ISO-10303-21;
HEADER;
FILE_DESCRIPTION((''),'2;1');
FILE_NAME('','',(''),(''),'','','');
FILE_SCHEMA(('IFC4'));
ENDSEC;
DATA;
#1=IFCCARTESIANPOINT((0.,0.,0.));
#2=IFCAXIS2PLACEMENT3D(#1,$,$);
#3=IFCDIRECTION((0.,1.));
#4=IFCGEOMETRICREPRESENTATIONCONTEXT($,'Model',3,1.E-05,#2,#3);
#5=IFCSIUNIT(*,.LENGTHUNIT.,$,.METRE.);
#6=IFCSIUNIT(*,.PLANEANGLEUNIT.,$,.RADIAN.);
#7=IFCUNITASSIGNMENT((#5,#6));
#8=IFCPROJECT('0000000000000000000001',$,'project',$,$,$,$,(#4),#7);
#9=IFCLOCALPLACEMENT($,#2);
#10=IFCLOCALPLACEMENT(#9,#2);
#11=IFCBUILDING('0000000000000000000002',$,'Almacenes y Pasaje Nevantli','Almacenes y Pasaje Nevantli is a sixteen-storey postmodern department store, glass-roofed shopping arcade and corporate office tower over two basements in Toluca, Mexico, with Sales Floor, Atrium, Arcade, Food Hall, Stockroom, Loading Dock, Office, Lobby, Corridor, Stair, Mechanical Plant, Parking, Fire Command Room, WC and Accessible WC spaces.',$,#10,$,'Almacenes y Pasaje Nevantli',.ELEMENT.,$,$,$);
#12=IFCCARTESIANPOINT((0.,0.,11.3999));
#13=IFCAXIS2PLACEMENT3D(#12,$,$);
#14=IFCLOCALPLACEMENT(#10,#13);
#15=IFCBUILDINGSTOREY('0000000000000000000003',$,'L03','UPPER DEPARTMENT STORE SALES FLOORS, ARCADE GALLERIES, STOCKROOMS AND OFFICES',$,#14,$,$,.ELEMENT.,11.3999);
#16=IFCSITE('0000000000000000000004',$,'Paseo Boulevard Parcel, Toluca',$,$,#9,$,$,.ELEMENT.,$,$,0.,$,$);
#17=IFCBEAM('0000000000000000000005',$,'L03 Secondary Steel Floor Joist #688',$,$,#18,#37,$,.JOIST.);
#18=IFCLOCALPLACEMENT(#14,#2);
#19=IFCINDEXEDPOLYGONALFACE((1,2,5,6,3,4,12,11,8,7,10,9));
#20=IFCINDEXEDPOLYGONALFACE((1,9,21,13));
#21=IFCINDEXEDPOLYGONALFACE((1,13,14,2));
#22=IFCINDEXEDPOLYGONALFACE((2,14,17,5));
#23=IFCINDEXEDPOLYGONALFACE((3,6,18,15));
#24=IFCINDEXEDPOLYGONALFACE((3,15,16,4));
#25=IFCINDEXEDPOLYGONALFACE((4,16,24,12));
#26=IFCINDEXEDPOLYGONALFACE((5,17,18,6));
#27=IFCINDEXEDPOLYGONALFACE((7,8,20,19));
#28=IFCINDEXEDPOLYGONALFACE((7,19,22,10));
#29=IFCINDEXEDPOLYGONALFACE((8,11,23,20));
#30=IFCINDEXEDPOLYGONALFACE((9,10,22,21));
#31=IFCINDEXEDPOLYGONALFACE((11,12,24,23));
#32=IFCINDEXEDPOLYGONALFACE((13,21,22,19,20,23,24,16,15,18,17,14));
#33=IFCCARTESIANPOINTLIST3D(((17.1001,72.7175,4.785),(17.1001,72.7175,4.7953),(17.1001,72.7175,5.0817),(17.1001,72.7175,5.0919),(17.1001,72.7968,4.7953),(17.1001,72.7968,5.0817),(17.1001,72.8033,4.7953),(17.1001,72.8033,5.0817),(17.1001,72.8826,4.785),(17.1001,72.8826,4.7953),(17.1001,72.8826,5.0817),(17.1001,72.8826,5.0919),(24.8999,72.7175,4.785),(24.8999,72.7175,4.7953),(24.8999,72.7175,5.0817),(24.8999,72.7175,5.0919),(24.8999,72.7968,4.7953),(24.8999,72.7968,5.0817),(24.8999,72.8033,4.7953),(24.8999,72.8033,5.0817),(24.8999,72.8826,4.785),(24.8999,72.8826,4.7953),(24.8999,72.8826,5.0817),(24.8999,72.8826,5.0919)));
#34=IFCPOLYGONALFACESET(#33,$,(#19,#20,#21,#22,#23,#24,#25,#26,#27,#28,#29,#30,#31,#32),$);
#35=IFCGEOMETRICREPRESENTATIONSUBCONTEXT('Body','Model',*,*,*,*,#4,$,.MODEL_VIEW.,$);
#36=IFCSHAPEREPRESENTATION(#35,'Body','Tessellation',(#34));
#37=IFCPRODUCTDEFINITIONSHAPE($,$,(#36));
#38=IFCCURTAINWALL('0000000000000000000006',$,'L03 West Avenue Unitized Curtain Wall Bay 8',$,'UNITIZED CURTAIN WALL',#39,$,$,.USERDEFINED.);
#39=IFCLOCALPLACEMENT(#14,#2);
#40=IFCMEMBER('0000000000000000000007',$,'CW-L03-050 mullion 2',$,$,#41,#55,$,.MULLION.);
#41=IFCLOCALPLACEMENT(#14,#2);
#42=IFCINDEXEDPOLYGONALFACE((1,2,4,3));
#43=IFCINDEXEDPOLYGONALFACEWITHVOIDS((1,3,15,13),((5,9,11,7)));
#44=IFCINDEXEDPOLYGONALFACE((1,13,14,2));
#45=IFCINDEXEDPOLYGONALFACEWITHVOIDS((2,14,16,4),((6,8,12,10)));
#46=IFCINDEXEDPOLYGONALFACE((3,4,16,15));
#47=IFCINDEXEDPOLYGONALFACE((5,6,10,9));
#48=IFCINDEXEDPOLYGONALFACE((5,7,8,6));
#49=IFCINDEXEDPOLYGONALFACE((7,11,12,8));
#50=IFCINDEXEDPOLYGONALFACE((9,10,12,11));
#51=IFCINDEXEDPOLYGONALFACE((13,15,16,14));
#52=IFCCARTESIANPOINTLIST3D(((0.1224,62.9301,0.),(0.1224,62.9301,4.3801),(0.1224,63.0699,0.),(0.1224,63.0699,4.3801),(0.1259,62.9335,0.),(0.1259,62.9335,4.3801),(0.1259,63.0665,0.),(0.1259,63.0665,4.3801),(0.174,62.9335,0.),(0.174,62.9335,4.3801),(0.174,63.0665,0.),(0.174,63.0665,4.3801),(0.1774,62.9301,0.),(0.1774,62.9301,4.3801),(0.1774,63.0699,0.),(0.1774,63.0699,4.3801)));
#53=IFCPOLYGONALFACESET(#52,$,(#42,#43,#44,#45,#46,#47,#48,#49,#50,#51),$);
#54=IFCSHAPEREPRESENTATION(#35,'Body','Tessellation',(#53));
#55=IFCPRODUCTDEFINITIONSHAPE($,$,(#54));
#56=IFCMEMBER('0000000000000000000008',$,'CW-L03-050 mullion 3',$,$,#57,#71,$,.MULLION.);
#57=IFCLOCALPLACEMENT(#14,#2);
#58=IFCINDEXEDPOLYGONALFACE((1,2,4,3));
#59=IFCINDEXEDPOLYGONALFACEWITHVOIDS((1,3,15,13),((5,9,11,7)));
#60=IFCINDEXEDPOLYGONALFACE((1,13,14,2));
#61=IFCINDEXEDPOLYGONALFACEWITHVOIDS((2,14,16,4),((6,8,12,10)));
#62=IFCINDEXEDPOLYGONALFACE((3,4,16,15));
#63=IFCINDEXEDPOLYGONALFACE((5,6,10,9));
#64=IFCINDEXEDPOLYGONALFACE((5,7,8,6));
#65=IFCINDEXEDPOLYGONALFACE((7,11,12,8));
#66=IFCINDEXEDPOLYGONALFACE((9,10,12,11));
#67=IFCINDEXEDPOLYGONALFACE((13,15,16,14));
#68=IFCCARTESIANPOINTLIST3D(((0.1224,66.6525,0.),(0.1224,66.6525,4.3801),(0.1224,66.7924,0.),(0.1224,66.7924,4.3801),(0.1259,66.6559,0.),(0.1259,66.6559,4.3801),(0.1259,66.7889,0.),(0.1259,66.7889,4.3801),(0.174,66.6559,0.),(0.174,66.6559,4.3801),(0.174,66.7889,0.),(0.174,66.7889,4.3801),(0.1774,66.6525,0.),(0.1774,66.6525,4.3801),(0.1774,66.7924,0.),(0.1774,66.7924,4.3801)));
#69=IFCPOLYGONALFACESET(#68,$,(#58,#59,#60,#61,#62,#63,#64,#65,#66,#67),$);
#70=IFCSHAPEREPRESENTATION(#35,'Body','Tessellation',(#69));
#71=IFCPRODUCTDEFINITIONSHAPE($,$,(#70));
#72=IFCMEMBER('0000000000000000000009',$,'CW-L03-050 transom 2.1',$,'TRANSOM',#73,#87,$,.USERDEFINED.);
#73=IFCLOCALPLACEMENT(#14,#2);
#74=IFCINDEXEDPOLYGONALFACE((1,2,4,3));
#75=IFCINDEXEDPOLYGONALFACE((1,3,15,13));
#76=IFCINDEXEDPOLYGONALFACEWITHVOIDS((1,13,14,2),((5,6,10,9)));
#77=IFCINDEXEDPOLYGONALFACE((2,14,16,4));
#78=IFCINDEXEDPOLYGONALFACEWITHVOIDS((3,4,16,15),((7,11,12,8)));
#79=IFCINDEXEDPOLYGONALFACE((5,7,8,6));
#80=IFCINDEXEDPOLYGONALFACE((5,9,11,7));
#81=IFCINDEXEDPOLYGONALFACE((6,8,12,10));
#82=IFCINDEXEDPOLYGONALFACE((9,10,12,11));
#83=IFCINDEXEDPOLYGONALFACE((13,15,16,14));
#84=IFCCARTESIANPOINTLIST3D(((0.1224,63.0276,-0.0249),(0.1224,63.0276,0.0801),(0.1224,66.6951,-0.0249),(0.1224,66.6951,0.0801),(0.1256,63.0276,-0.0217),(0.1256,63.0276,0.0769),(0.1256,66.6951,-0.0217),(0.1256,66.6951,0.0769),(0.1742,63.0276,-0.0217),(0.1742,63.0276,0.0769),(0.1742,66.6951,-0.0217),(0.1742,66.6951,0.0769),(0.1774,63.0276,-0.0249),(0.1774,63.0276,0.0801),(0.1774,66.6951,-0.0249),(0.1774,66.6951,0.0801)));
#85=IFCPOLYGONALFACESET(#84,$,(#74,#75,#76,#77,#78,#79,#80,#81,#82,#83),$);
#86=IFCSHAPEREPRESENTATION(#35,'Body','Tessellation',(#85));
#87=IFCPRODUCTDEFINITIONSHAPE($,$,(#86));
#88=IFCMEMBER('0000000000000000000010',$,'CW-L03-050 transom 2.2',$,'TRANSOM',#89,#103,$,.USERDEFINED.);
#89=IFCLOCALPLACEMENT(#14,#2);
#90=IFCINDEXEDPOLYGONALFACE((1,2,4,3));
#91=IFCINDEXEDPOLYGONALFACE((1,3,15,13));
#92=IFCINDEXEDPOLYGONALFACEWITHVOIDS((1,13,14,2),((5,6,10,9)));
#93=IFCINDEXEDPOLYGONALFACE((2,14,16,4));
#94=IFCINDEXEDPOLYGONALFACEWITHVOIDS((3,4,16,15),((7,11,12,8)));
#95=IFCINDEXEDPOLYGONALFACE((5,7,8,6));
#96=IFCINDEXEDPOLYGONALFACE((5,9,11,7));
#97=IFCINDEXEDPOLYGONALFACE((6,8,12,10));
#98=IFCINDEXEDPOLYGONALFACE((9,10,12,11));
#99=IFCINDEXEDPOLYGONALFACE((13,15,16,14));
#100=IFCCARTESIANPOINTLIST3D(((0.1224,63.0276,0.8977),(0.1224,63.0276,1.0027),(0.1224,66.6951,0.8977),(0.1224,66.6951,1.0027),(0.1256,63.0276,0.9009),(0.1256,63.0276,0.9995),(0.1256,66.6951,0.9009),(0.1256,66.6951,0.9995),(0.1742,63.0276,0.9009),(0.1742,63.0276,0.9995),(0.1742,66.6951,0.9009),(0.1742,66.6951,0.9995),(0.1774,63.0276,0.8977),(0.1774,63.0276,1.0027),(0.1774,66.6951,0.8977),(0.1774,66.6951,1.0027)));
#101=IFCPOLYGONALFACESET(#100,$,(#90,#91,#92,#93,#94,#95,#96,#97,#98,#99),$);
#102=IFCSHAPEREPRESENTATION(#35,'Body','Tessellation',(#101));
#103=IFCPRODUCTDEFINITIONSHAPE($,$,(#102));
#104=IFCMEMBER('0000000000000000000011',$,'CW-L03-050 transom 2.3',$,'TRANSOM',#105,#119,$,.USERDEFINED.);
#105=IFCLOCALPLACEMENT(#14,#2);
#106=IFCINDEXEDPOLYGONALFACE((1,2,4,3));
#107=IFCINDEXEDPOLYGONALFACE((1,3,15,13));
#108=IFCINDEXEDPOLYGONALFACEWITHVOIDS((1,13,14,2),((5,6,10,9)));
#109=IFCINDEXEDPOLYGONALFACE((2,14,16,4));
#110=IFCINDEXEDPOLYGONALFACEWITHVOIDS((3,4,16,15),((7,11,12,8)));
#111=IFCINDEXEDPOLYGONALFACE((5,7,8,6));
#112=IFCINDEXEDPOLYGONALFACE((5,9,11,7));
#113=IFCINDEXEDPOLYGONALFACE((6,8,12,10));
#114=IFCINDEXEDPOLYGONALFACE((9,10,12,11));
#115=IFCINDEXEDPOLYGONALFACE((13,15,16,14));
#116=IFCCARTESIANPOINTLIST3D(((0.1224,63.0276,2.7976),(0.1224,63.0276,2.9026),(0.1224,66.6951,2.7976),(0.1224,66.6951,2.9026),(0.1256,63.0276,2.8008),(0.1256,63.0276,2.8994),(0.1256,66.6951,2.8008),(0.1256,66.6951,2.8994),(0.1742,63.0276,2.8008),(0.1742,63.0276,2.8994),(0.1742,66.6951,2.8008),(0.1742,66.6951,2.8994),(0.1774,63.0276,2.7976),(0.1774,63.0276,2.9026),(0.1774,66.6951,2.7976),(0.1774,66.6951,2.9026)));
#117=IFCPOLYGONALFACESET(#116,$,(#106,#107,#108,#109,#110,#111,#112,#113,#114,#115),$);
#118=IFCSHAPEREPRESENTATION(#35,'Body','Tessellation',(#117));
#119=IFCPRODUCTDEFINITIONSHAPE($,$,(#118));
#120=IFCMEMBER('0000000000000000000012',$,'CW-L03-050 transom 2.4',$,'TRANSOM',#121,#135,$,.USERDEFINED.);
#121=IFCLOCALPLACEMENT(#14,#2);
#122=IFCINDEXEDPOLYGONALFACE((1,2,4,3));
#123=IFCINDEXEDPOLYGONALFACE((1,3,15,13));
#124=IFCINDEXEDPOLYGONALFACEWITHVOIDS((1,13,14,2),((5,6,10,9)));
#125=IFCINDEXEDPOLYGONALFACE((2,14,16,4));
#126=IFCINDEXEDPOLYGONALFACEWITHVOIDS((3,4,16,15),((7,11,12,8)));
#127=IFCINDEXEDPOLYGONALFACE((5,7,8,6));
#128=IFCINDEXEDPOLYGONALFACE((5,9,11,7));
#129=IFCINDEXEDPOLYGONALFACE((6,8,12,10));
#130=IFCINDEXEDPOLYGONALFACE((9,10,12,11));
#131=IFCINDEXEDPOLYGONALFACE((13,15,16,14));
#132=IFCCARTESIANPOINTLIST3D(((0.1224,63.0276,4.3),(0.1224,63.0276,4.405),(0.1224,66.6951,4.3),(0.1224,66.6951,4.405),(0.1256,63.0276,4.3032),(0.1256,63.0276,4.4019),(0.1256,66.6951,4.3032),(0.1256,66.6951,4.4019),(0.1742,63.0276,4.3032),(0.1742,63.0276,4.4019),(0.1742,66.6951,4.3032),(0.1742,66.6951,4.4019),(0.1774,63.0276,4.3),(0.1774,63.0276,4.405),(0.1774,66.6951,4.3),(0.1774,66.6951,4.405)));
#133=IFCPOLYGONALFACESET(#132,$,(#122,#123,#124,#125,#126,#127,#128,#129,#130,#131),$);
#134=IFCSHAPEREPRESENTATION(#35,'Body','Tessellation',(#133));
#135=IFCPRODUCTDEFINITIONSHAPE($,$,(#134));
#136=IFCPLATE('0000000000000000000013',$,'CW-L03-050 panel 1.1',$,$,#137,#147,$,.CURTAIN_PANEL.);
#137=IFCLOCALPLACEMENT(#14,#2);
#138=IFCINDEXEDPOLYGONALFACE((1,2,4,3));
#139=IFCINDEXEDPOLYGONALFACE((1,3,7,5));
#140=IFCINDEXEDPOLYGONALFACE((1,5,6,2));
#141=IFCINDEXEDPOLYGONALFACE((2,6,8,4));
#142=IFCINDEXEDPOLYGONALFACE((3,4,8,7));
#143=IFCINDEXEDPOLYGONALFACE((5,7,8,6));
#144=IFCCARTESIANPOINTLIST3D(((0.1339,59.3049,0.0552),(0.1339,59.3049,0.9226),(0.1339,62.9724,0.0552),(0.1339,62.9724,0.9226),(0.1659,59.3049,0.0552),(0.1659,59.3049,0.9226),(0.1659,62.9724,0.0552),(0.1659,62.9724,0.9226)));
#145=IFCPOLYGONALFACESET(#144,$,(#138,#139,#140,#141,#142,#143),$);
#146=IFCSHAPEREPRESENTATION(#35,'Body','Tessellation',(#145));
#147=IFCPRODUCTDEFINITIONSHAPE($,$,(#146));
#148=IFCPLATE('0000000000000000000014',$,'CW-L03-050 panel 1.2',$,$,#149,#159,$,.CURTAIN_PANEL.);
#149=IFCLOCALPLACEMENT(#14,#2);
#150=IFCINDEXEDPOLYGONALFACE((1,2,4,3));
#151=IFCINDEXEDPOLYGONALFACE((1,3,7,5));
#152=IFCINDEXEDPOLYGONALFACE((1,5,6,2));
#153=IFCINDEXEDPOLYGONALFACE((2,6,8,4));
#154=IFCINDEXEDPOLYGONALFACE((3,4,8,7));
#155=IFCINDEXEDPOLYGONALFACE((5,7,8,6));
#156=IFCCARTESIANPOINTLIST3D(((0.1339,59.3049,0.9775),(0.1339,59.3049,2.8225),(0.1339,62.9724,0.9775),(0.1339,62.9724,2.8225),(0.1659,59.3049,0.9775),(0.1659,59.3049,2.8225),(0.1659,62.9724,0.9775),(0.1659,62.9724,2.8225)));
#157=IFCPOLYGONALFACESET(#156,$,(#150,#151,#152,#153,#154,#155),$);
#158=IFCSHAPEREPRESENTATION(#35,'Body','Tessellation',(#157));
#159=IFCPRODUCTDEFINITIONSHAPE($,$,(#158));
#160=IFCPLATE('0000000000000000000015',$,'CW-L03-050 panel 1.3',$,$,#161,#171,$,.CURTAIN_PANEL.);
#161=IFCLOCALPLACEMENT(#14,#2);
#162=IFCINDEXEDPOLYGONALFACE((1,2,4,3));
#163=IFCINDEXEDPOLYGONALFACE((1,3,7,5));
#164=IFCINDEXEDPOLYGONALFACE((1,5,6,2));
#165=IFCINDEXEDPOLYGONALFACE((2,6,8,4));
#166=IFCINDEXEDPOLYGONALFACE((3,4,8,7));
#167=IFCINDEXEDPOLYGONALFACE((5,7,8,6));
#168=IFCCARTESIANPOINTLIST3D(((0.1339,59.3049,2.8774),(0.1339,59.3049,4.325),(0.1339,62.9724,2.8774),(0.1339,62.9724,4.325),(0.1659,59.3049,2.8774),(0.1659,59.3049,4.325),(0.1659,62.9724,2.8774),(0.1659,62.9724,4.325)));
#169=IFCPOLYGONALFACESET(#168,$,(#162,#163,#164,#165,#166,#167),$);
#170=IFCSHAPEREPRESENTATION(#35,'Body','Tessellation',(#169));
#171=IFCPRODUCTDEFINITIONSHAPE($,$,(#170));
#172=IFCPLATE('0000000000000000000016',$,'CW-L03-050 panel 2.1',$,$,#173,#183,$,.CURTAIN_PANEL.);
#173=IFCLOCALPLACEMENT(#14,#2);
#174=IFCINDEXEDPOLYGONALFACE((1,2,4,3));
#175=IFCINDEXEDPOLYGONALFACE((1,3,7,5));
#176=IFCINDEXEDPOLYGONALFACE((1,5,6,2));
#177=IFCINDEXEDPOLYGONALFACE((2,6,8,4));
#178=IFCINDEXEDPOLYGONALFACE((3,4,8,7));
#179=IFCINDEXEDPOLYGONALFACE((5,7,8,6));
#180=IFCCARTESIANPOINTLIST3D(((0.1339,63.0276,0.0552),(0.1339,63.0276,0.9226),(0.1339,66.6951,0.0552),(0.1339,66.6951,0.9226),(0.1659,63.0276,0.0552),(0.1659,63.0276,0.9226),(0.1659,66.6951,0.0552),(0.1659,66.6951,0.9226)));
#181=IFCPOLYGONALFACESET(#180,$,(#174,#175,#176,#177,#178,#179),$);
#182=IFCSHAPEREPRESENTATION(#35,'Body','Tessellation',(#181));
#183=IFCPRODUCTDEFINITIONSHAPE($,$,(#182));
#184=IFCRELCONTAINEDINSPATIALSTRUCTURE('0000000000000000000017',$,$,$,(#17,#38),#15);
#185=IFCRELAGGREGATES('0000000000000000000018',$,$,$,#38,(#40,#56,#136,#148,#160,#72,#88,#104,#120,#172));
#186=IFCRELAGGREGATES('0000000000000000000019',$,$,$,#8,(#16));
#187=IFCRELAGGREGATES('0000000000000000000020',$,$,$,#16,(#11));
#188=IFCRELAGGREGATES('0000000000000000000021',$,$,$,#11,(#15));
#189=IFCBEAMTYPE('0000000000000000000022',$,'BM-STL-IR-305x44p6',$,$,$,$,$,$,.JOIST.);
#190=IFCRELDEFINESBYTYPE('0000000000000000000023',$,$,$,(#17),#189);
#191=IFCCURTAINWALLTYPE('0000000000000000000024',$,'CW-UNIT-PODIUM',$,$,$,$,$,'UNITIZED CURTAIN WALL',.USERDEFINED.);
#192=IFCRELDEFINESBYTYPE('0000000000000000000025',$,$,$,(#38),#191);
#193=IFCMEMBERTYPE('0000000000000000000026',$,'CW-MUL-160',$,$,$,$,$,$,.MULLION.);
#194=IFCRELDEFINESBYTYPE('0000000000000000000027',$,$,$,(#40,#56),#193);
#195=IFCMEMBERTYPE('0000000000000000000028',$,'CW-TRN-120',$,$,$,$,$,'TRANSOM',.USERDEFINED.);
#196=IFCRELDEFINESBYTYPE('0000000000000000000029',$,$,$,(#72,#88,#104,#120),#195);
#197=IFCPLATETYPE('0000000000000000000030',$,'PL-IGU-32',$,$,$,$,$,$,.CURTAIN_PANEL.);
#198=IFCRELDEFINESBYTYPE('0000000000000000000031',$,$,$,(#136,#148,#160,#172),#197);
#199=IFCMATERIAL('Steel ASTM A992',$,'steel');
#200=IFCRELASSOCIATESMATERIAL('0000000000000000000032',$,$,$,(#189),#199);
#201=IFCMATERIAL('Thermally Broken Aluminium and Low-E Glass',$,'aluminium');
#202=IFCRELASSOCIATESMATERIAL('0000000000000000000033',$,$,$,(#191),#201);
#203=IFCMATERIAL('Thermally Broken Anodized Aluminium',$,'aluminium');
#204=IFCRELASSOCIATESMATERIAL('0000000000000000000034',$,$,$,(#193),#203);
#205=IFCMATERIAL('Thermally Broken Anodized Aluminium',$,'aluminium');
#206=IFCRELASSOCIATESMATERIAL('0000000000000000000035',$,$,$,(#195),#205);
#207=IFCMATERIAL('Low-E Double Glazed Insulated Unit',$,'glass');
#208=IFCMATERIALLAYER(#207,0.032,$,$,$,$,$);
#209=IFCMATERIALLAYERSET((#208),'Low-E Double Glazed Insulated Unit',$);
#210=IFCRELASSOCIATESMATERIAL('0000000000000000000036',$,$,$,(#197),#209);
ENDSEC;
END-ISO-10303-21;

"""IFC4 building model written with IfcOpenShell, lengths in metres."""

from ifc_helpers import new_model, si_unit, direction, frame, origin, origin_2d, place, context, subcontext, project, spatial, rectangle, hollow_rectangle, i_section, extrude, material, layer, layer_set, material_profile, profile_set, type_object, element, aggregate, save


model = new_model("IFC4")

# Units and contexts
model_context = context("Model", 3, precision=1e-05, world=origin(), true_north=direction((0.0, 1.0)))
body_context = subcontext(model_context, "Body", "Model", "MODEL_VIEW")
ifc_project = project(units=[si_unit("LENGTHUNIT", "METRE"), si_unit("PLANEANGLEUNIT", "RADIAN")], contexts=[model_context])

# Site, building, storey
site_placement = place(None, origin())
site = spatial("IfcSite", under=ifc_project, at=site_placement, Name="Paseo Boulevard Parcel, Toluca", CompositionType="ELEMENT", RefElevation=0.0)
building_placement = place(site_placement, origin())
building = spatial("IfcBuilding", under=site, at=building_placement, Name="Almacenes y Pasaje Nevantli", Description="Almacenes y Pasaje Nevantli is a sixteen-storey postmodern department store, glass-roofed shopping arcade and corporate office tower over two basements in Toluca, Mexico, with Sales Floor, Atrium, Arcade, Food Hall, Stockroom, Loading Dock, Office, Lobby, Corridor, Stair, Mechanical Plant, Parking, Fire Command Room, WC and Accessible WC spaces.", LongName="Almacenes y Pasaje Nevantli", CompositionType="ELEMENT")
storey_placement = place(building_placement, frame((0.0, 0.0, 11.3999)))
storey = spatial("IfcBuildingStorey", under=building, at=storey_placement, Name="L03", Description="UPPER DEPARTMENT STORE SALES FLOORS, ARCADE GALLERIES, STOCKROOMS AND OFFICES", CompositionType="ELEMENT", Elevation=11.3999)

# Beam
ifc_material_1 = material(Name="Steel ASTM A992", Category="steel")
ifc_material_profile_1 = material_profile(ifc_material_1, i_section(OverallWidth=0.165, OverallDepth=0.3069, WebThickness=0.0066, FlangeThickness=0.0103, at=origin_2d()), Name="IR 305x44.6")
ifc_profile_set_1 = profile_set([ifc_material_profile_1], Name="Steel ASTM A992")
beam_type_1 = type_object("IfcBeamType", Name="BM-STL-IR-305x44p6", PredefinedType="JOIST", material=ifc_profile_set_1)
for number, where, z_axis, x_axis, name in (
    (1, (17.1001, 72.8, 4.9385), (1.0, 0.0, 0.0), (0.0, 1.0, 0.0), "L03 Secondary Steel Floor Joist #688"),
):
    element("IfcBeam", number, at=place(storey_placement, frame(where, z_axis=z_axis, x_axis=x_axis)), inside=storey, type_object=beam_type_1, Name=name, PredefinedType="JOIST", context=body_context, shape_type="SweptSolid", body=[
        extrude(i_section(OverallWidth=0.165, OverallDepth=0.3069, WebThickness=0.0066, FlangeThickness=0.0103, at=origin_2d()), origin(), (0.0, 0.0, 1.0), 7.7998),
    ])

# Curtain wall, members, plates
ifc_material_2 = material(Name="Thermally Broken Aluminium and Low-E Glass", Category="aluminium")
curtain_wall_type = type_object("IfcCurtainWallType", Name="CW-UNIT-PODIUM", ElementType="UNITIZED CURTAIN WALL", PredefinedType="USERDEFINED", material=ifc_material_2)
curtain_wall_placement = place(storey_placement, origin())
curtain_wall = element("IfcCurtainWall", 2, at=curtain_wall_placement, inside=storey, type_object=curtain_wall_type, Name="L03 West Avenue Unitized Curtain Wall Bay 8", ObjectType="UNITIZED CURTAIN WALL", PredefinedType="USERDEFINED")
ifc_material_3 = material(Name="Thermally Broken Anodized Aluminium", Category="aluminium")
ifc_material_profile_2 = material_profile(ifc_material_3, hollow_rectangle(XDim=0.0549, YDim=0.1399, WallThickness=0.0034, at=origin_2d()), Name="ALU-MUL-55x140")
ifc_profile_set_2 = profile_set([ifc_material_profile_2], Name="Thermally Broken Anodized Aluminium")
member_type_1 = type_object("IfcMemberType", Name="CW-MUL-160", PredefinedType="MULLION", material=ifc_profile_set_2)
member_1_placement = place(storey_placement, frame((0.1499, 63.0, 0.0), z_axis=(0.0, 0.0, 1.0), x_axis=(-1.0, 0.0, 0.0)))
member_1 = element("IfcMember", 3, at=member_1_placement, type_object=member_type_1, Name="CW-L03-050 mullion 2", PredefinedType="MULLION", context=body_context, shape_type="SweptSolid", body=[
    extrude(hollow_rectangle(XDim=0.0549, YDim=0.1399, WallThickness=0.0034, at=origin_2d()), origin(), (0.0, 0.0, 1.0), 4.3801),
])
member_2_placement = place(storey_placement, frame((0.1499, 66.7224, 0.0), z_axis=(0.0, 0.0, 1.0), x_axis=(-1.0, 0.0, 0.0)))
member_2 = element("IfcMember", 4, at=member_2_placement, type_object=member_type_1, Name="CW-L03-050 mullion 3", PredefinedType="MULLION", context=body_context, shape_type="SweptSolid", body=[
    extrude(hollow_rectangle(XDim=0.0549, YDim=0.1399, WallThickness=0.0034, at=origin_2d()), origin(), (0.0, 0.0, 1.0), 4.3801),
])
ifc_material_4 = material(Name="Thermally Broken Anodized Aluminium", Category="aluminium")
ifc_material_profile_3 = material_profile(ifc_material_4, hollow_rectangle(XDim=0.0549, YDim=0.105, WallThickness=0.0032, at=origin_2d()), Name="ALU-TRN-55x105")
ifc_profile_set_3 = profile_set([ifc_material_profile_3], Name="Thermally Broken Anodized Aluminium")
member_type_2 = type_object("IfcMemberType", Name="CW-TRN-120", ElementType="TRANSOM", PredefinedType="USERDEFINED", material=ifc_profile_set_3)
member_3_placement = place(storey_placement, frame((0.1499, 63.0276, 0.0276), z_axis=(0.0, 1.0, 0.0), x_axis=(-1.0, 0.0, 0.0)))
member_3 = element("IfcMember", 5, at=member_3_placement, type_object=member_type_2, Name="CW-L03-050 transom 2.1", ObjectType="TRANSOM", PredefinedType="USERDEFINED", context=body_context, shape_type="SweptSolid", body=[
    extrude(hollow_rectangle(XDim=0.0549, YDim=0.105, WallThickness=0.0032, at=origin_2d()), origin(), (0.0, 0.0, 1.0), 3.6675),
])
member_4_placement = place(storey_placement, frame((0.1499, 63.0276, 0.9502), z_axis=(0.0, 1.0, 0.0), x_axis=(-1.0, 0.0, 0.0)))
member_4 = element("IfcMember", 6, at=member_4_placement, type_object=member_type_2, Name="CW-L03-050 transom 2.2", ObjectType="TRANSOM", PredefinedType="USERDEFINED", context=body_context, shape_type="SweptSolid", body=[
    extrude(hollow_rectangle(XDim=0.0549, YDim=0.105, WallThickness=0.0032, at=origin_2d()), origin(), (0.0, 0.0, 1.0), 3.6675),
])
member_5_placement = place(storey_placement, frame((0.1499, 63.0276, 2.8501), z_axis=(0.0, 1.0, 0.0), x_axis=(-1.0, 0.0, 0.0)))
member_5 = element("IfcMember", 7, at=member_5_placement, type_object=member_type_2, Name="CW-L03-050 transom 2.3", ObjectType="TRANSOM", PredefinedType="USERDEFINED", context=body_context, shape_type="SweptSolid", body=[
    extrude(hollow_rectangle(XDim=0.0549, YDim=0.105, WallThickness=0.0032, at=origin_2d()), origin(), (0.0, 0.0, 1.0), 3.6675),
])
member_6_placement = place(storey_placement, frame((0.1499, 63.0276, 4.3525), z_axis=(0.0, 1.0, 0.0), x_axis=(-1.0, 0.0, 0.0)))
member_6 = element("IfcMember", 8, at=member_6_placement, type_object=member_type_2, Name="CW-L03-050 transom 2.4", ObjectType="TRANSOM", PredefinedType="USERDEFINED", context=body_context, shape_type="SweptSolid", body=[
    extrude(hollow_rectangle(XDim=0.0549, YDim=0.105, WallThickness=0.0032, at=origin_2d()), origin(), (0.0, 0.0, 1.0), 3.6675),
])
ifc_material_5 = material(Name="Low-E Double Glazed Insulated Unit", Category="glass")
ifc_layer_1 = layer(ifc_material_5, 0.032)
ifc_layer_set_1 = layer_set([ifc_layer_1], Name="Low-E Double Glazed Insulated Unit")
plate_type = type_object("IfcPlateType", Name="PL-IGU-32", PredefinedType="CURTAIN_PANEL", material=ifc_layer_set_1)
plate_1_placement = place(storey_placement, frame((0.1499, 61.1387, 0.0552), z_axis=(0.0, 0.0, 1.0), x_axis=(0.0, 1.0, 0.0)))
plate_1 = element("IfcPlate", 9, at=plate_1_placement, type_object=plate_type, Name="CW-L03-050 panel 1.1", PredefinedType="CURTAIN_PANEL", context=body_context, shape_type="SweptSolid", body=[
    extrude(rectangle(XDim=3.6675, YDim=0.032, at=origin_2d()), origin(), (0.0, 0.0, 1.0), 0.8674),
])
plate_2_placement = place(storey_placement, frame((0.1499, 61.1387, 0.9775), z_axis=(0.0, 0.0, 1.0), x_axis=(0.0, 1.0, 0.0)))
plate_2 = element("IfcPlate", 10, at=plate_2_placement, type_object=plate_type, Name="CW-L03-050 panel 1.2", PredefinedType="CURTAIN_PANEL", context=body_context, shape_type="SweptSolid", body=[
    extrude(rectangle(XDim=3.6675, YDim=0.032, at=origin_2d()), origin(), (0.0, 0.0, 1.0), 1.845),
])
plate_3_placement = place(storey_placement, frame((0.1499, 61.1387, 2.8774), z_axis=(0.0, 0.0, 1.0), x_axis=(0.0, 1.0, 0.0)))
plate_3 = element("IfcPlate", 11, at=plate_3_placement, type_object=plate_type, Name="CW-L03-050 panel 1.3", PredefinedType="CURTAIN_PANEL", context=body_context, shape_type="SweptSolid", body=[
    extrude(rectangle(XDim=3.6675, YDim=0.032, at=origin_2d()), origin(), (0.0, 0.0, 1.0), 1.4475),
])
plate_4_placement = place(storey_placement, frame((0.1499, 64.8613, 0.0552), z_axis=(0.0, 0.0, 1.0), x_axis=(0.0, 1.0, 0.0)))
plate_4 = element("IfcPlate", 12, at=plate_4_placement, type_object=plate_type, Name="CW-L03-050 panel 2.1", PredefinedType="CURTAIN_PANEL", context=body_context, shape_type="SweptSolid", body=[
    extrude(rectangle(XDim=3.6675, YDim=0.032, at=origin_2d()), origin(), (0.0, 0.0, 1.0), 0.8674),
])
aggregate(curtain_wall, [member_1, member_2, plate_1, plate_2, plate_3, member_3, member_4, member_5, member_6, plate_4])

save(model, "model.ifc")
